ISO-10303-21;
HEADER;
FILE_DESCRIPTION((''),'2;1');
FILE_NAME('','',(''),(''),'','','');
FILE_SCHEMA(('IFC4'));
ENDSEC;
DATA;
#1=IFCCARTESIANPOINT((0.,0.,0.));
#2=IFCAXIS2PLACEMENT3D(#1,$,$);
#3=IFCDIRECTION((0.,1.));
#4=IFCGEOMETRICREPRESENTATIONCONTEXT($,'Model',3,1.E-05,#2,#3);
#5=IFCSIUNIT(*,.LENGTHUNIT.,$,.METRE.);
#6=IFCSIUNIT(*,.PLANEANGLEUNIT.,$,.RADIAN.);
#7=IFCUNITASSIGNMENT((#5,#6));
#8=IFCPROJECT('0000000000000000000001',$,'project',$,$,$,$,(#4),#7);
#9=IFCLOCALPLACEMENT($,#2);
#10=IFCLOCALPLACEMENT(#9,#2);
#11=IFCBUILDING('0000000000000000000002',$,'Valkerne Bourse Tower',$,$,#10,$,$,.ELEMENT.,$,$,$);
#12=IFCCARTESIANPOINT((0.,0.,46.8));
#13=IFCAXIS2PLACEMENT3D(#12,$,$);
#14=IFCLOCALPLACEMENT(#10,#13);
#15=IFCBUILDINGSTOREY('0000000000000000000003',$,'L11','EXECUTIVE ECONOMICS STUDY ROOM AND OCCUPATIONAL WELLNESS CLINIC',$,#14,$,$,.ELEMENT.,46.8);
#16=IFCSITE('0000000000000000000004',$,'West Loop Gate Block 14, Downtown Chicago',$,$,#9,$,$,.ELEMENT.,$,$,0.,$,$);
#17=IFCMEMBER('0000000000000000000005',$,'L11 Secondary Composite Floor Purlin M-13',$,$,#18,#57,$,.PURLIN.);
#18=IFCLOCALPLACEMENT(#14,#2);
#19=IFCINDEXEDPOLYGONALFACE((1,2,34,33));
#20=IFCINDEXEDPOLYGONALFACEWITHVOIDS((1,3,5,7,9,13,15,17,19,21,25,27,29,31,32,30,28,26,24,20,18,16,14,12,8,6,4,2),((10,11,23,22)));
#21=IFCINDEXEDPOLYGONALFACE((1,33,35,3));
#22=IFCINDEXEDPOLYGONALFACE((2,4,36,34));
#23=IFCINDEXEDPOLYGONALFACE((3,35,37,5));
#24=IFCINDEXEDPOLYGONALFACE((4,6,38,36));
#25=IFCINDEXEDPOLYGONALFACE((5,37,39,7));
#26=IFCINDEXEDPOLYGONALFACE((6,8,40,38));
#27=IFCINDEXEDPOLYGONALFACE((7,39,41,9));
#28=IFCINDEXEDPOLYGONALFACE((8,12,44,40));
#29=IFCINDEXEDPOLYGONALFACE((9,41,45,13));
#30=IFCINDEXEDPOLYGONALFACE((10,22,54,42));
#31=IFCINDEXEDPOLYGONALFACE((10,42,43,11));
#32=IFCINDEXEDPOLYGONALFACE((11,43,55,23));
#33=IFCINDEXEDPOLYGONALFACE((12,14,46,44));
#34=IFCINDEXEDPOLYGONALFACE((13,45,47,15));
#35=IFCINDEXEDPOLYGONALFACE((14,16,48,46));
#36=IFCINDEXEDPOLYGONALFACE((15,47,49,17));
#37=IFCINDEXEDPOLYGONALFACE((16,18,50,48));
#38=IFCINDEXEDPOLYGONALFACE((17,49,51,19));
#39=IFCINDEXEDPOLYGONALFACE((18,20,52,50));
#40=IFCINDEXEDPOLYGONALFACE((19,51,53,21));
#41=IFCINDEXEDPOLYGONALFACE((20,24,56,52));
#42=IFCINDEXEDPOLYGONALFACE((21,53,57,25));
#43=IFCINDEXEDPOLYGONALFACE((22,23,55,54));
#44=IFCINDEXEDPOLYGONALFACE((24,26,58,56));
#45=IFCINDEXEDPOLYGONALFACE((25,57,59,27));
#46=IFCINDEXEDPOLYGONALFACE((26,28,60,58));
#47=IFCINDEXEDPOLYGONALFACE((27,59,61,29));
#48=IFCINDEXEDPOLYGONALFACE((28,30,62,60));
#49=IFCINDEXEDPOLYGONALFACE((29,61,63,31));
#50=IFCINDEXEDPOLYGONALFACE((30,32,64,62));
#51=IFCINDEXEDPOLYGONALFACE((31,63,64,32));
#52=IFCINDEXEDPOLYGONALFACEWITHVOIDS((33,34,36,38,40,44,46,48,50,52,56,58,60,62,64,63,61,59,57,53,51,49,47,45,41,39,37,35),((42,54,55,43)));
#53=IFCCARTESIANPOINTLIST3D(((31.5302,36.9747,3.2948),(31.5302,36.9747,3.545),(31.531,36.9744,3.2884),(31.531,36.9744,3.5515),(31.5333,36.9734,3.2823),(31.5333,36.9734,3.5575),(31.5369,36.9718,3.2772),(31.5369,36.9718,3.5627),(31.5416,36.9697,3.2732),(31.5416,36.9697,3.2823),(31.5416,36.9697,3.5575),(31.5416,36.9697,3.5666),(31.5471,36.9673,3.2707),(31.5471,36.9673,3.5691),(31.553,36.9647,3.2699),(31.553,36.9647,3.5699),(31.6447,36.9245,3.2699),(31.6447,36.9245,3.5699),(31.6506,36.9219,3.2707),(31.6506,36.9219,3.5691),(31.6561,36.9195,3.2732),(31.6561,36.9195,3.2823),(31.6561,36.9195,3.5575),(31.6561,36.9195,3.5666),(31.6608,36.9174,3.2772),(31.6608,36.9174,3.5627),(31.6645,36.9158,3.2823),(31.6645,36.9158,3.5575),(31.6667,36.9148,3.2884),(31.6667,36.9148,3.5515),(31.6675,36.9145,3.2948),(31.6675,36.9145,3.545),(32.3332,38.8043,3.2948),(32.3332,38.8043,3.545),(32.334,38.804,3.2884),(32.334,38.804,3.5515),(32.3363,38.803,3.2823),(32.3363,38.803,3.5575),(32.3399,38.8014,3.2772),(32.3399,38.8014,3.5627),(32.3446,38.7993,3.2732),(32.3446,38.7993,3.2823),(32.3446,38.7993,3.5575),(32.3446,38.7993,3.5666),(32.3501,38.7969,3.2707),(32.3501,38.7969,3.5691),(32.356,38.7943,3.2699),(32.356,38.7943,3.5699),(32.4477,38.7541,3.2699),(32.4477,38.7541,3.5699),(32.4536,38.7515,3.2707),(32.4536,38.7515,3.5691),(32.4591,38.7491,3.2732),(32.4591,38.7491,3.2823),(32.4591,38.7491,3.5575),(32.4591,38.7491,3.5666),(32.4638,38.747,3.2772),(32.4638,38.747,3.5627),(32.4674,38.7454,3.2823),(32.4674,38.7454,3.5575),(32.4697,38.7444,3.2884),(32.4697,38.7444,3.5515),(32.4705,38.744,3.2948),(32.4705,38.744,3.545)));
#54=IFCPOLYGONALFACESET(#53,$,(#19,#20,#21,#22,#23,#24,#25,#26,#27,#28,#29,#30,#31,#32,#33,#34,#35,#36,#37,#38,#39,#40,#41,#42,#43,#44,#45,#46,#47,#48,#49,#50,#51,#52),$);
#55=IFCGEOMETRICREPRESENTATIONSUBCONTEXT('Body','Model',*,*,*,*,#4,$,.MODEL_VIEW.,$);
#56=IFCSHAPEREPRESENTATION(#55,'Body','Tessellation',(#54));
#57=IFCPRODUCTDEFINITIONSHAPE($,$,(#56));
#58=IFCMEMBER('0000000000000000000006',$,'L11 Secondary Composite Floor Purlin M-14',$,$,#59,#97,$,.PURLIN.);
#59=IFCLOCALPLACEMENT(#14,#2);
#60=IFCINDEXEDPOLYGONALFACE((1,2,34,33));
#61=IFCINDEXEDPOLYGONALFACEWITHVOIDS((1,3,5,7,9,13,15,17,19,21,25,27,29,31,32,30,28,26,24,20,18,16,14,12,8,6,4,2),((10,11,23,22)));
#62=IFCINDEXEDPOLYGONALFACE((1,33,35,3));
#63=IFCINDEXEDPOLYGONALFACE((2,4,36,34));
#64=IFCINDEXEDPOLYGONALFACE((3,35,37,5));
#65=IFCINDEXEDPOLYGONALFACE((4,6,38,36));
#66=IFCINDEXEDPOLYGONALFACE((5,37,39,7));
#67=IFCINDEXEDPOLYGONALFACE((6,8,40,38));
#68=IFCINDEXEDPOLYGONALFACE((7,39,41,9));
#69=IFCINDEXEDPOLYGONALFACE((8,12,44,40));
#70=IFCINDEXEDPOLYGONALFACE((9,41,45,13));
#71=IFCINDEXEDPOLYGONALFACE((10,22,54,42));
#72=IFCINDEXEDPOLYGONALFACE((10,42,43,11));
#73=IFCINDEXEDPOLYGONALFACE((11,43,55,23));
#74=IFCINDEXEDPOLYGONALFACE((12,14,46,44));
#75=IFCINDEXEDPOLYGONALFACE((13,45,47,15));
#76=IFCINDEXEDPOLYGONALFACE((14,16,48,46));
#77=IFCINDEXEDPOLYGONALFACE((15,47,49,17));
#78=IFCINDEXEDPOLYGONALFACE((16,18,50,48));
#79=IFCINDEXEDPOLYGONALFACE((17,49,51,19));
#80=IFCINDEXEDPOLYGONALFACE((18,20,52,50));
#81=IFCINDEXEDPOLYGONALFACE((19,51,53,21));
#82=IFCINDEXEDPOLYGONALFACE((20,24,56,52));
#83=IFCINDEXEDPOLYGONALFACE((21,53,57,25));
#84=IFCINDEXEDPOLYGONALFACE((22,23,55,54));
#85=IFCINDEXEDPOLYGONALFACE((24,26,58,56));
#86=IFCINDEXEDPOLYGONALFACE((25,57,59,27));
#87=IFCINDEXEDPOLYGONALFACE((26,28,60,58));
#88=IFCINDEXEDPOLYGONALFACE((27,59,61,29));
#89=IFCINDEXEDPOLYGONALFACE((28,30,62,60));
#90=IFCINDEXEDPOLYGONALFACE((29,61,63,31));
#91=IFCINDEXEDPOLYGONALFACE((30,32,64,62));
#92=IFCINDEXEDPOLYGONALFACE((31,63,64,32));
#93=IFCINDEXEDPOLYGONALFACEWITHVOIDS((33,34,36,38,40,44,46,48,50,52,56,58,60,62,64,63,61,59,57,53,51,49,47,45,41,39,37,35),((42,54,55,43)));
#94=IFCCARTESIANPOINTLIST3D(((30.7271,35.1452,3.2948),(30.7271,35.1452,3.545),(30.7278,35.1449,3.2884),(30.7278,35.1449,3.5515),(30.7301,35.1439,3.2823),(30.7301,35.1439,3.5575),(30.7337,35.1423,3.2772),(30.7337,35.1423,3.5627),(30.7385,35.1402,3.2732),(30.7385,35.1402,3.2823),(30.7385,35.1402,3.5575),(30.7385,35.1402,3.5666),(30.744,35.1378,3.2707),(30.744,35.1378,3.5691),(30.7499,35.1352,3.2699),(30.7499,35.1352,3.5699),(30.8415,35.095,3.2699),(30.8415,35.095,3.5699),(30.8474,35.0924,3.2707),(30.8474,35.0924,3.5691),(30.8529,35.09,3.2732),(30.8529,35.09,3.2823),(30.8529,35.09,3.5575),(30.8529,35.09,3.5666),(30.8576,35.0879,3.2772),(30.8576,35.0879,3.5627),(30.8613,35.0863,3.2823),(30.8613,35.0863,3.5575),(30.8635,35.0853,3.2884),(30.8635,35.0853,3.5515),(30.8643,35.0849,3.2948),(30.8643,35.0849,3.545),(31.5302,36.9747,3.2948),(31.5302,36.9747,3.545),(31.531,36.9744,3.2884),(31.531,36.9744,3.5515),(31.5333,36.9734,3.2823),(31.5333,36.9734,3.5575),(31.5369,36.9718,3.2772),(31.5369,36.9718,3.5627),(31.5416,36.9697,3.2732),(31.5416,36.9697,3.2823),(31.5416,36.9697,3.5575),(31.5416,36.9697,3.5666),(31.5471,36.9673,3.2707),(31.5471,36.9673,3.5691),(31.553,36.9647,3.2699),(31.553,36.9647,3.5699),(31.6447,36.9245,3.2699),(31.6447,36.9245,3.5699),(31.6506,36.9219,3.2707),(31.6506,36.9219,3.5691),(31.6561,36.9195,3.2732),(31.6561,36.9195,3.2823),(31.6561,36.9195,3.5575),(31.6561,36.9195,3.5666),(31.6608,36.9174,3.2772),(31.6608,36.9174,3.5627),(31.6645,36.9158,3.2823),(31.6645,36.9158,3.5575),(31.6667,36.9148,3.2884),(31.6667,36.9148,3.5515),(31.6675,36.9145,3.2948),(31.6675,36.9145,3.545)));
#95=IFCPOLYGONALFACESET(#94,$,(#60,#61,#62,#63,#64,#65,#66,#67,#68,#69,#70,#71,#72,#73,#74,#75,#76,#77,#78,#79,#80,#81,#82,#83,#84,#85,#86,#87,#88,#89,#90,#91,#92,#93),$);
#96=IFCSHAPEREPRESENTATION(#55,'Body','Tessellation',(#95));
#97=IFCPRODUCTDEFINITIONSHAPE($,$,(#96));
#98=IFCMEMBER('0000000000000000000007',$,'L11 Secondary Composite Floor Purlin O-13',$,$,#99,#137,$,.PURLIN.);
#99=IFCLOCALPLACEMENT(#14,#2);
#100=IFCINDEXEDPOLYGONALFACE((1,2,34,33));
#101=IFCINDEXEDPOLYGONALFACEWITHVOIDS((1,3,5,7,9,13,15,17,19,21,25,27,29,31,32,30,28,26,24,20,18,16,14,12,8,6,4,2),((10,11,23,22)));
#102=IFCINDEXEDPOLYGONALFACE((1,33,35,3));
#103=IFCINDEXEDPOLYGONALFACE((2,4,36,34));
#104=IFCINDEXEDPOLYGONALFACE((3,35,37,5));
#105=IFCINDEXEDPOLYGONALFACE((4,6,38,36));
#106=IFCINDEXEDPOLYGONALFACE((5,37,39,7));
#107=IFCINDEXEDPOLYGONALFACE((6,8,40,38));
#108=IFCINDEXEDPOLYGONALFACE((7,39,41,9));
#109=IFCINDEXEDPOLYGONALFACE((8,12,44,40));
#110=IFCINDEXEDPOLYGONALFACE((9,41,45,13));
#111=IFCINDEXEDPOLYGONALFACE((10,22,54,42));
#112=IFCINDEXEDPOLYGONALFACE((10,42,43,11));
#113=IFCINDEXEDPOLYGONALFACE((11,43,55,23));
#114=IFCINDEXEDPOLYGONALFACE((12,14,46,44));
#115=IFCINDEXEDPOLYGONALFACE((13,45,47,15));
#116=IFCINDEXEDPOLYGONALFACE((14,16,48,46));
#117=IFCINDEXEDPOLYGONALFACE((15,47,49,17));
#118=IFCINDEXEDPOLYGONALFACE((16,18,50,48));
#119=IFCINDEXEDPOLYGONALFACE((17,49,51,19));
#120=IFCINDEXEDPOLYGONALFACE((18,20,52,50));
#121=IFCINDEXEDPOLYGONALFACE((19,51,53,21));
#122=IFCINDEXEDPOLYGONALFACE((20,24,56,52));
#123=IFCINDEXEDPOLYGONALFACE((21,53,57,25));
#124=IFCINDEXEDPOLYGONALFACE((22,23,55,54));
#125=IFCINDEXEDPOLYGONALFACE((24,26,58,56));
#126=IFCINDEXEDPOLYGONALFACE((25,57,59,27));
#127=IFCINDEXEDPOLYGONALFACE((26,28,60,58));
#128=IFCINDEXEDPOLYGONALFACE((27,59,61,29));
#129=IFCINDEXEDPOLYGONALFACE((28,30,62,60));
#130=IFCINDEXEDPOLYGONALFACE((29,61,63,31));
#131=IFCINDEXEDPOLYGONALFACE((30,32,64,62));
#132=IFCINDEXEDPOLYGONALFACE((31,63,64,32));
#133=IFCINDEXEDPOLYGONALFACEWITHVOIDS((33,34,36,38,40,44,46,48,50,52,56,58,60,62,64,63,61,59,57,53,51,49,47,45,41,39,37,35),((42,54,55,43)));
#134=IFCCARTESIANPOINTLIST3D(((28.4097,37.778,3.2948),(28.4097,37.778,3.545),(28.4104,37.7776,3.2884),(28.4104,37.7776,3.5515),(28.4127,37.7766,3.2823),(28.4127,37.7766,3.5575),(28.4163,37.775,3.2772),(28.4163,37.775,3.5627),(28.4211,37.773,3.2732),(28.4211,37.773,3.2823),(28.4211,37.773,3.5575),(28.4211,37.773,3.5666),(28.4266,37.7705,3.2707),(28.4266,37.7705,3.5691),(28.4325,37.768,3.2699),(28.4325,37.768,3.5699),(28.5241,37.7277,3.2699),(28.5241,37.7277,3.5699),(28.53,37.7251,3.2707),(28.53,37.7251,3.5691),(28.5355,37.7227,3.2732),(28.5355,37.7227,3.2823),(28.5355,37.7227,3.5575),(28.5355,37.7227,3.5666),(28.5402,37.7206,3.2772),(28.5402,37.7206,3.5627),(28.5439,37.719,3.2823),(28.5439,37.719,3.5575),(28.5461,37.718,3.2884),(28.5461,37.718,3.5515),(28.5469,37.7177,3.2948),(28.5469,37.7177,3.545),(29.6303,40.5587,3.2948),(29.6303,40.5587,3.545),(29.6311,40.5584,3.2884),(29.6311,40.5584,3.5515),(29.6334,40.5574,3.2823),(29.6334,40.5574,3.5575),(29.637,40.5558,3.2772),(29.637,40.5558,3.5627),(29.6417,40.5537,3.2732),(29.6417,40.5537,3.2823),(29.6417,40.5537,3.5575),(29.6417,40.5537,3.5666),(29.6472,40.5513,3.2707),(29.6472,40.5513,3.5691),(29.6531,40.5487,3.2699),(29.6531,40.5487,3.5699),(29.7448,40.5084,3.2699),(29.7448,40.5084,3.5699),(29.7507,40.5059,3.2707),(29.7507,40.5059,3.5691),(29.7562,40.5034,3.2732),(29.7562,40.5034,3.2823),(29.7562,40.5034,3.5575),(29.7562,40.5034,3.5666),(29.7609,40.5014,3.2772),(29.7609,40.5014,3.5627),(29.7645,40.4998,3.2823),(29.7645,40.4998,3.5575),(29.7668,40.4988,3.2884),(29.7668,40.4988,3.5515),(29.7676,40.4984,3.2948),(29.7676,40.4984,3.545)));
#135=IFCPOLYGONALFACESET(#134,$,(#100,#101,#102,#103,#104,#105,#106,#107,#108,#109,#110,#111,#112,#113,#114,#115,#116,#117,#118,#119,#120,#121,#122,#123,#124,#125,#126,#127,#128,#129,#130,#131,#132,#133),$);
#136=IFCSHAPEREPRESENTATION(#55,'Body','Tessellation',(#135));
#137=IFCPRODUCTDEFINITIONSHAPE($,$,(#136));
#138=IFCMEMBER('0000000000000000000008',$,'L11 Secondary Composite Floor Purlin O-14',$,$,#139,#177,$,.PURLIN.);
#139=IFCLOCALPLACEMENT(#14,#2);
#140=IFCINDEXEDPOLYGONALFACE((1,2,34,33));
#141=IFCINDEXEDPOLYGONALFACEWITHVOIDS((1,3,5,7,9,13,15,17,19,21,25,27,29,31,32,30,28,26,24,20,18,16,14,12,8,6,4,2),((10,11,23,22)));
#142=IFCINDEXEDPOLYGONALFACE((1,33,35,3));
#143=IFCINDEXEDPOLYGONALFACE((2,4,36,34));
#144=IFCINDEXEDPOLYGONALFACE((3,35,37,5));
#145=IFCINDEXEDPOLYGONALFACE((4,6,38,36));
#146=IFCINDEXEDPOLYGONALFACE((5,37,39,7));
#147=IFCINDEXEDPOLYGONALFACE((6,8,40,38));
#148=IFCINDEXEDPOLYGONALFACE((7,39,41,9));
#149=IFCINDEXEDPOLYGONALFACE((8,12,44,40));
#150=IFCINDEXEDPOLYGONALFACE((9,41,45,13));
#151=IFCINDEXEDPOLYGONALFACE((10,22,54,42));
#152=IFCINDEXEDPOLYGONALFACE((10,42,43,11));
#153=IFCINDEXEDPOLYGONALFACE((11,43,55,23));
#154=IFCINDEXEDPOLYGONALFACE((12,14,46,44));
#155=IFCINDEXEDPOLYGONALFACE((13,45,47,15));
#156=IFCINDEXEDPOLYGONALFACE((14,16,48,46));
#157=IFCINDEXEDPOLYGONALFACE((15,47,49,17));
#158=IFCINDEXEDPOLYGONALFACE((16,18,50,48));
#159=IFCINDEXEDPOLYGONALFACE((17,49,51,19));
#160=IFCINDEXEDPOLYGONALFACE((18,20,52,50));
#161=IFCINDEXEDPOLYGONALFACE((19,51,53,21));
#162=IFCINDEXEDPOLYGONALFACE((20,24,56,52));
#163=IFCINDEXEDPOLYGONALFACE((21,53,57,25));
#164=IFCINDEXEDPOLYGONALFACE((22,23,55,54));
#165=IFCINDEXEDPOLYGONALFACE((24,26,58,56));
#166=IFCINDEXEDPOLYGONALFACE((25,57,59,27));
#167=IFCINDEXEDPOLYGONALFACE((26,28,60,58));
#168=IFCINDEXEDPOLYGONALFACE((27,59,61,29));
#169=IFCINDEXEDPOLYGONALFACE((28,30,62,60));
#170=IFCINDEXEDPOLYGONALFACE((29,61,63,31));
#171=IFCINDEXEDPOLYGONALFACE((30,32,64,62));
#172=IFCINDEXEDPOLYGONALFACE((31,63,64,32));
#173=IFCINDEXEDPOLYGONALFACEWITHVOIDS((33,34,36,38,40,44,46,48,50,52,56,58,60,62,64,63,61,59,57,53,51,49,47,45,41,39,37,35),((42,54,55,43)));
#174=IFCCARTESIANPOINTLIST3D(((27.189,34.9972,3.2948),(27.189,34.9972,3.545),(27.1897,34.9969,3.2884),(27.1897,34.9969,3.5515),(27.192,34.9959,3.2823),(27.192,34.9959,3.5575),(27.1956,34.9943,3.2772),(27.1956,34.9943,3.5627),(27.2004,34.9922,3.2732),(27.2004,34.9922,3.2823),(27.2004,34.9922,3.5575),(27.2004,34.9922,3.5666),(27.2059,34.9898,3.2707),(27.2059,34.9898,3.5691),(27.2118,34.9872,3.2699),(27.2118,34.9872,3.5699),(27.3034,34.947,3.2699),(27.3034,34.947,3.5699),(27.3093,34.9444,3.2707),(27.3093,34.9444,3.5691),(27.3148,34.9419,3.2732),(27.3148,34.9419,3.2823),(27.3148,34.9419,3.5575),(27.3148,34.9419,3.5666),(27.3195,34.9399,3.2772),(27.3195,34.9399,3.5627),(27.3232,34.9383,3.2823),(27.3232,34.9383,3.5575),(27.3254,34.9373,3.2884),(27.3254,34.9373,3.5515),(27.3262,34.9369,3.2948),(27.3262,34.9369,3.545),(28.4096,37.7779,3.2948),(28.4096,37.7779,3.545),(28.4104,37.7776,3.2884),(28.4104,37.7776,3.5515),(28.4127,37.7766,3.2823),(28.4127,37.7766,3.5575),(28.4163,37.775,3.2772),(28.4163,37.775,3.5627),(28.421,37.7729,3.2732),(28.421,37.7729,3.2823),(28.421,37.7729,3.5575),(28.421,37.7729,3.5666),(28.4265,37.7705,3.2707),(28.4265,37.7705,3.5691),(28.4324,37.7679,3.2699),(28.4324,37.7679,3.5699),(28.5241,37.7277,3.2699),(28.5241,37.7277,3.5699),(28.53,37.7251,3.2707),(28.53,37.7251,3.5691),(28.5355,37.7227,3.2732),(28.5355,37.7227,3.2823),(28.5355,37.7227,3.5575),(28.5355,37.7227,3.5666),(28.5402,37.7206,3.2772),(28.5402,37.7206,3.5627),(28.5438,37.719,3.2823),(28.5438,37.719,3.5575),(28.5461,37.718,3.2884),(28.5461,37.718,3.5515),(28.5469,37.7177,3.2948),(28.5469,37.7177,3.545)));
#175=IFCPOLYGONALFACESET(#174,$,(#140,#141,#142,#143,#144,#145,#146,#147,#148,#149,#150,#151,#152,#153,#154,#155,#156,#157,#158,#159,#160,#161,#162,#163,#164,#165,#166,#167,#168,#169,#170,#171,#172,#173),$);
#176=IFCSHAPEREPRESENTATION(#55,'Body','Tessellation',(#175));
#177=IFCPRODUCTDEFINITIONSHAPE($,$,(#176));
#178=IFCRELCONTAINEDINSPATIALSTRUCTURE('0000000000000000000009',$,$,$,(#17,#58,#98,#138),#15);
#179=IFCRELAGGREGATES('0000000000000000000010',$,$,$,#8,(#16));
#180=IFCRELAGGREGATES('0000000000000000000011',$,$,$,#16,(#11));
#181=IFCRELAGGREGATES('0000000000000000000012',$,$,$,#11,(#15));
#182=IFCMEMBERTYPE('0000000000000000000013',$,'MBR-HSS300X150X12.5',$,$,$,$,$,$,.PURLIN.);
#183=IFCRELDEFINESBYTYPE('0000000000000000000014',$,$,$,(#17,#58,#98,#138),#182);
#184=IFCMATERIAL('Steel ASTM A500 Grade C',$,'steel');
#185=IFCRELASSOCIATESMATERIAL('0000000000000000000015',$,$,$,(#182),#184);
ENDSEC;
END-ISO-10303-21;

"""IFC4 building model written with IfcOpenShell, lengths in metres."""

from ifc_helpers import new_model, si_unit, direction, frame, origin, origin_2d, place, context, subcontext, project, spatial, hollow_rectangle, extrude, material, material_profile, profile_set, type_object, element, save


model = new_model("IFC4")

# Units and contexts
model_context = context("Model", 3, precision=1e-05, world=origin(), true_north=direction((0.0, 1.0)))
body_context = subcontext(model_context, "Body", "Model", "MODEL_VIEW")
ifc_project = project(units=[si_unit("LENGTHUNIT", "METRE"), si_unit("PLANEANGLEUNIT", "RADIAN")], contexts=[model_context])

# Site, building, storey
site_placement = place(None, origin())
site = spatial("IfcSite", under=ifc_project, at=site_placement, Name="West Loop Gate Block 14, Downtown Chicago", CompositionType="ELEMENT", RefElevation=0.0)
building_placement = place(site_placement, origin())
building = spatial("IfcBuilding", under=site, at=building_placement, Name="Valkerne Bourse Tower", CompositionType="ELEMENT")
storey_placement = place(building_placement, frame((0.0, 0.0, 46.8)))
storey = spatial("IfcBuildingStorey", under=building, at=storey_placement, Name="L11", Description="EXECUTIVE ECONOMICS STUDY ROOM AND OCCUPATIONAL WELLNESS CLINIC", CompositionType="ELEMENT", Elevation=46.8)

# Members
ifc_material_1 = material(Name="Steel ASTM A500 Grade C", Category="steel")
ifc_material_profile_1 = material_profile(ifc_material_1, hollow_rectangle(XDim=0.1499, YDim=0.3, WallThickness=0.0125, OuterFilletRadius=0.0249, at=origin_2d()), Name="HSS300X150X12.5")
ifc_profile_set_1 = profile_set([ifc_material_profile_1], Name="Steel ASTM A500 Grade C")
member_type_1 = type_object("IfcMemberType", Name="MBR-HSS300X150X12.5", PredefinedType="PURLIN", material=ifc_profile_set_1)
for number, where, z_axis, x_axis, name in (
    (1, (32.4019, 38.7742, 3.4199), (-0.401883, -0.915691, 0.0), (0.915691, -0.401883, 0.0), "L11 Secondary Composite Floor Purlin M-13"),
    (2, (31.5989, 36.9446, 3.4199), (-0.401985, -0.915646, 0.0), (0.915646, -0.401985, 0.0), "L11 Secondary Composite Floor Purlin M-14"),
):
    element("IfcMember", number, at=place(storey_placement, frame(where, z_axis=z_axis, x_axis=x_axis)), inside=storey, type_object=member_type_1, Name=name, PredefinedType="PURLIN", context=body_context, shape_type="SweptSolid", body=[
        extrude(hollow_rectangle(XDim=0.1499, YDim=0.3, WallThickness=0.0125, OuterFilletRadius=0.0249, at=origin_2d()), origin(), (0.0, 0.0, 1.0), 1.998),
    ])
for number, where, z_axis, x_axis, name in (
    (3, (29.699, 40.5286, 3.4199), (-0.401957, -0.915658, 0.0), (0.915658, -0.401957, 0.0), "L11 Secondary Composite Floor Purlin O-13"),
    (4, (28.4783, 37.7478, 3.4199), (-0.401957, -0.915658, 0.0), (0.915658, -0.401957, 0.0), "L11 Secondary Composite Floor Purlin O-14"),
):
    element("IfcMember", number, at=place(storey_placement, frame(where, z_axis=z_axis, x_axis=x_axis)), inside=storey, type_object=member_type_1, Name=name, PredefinedType="PURLIN", context=body_context, shape_type="SweptSolid", body=[
        extrude(hollow_rectangle(XDim=0.1499, YDim=0.3, WallThickness=0.0125, OuterFilletRadius=0.0249, at=origin_2d()), origin(), (0.0, 0.0, 1.0), 3.0369),
    ])

save(model, "model.ifc")
